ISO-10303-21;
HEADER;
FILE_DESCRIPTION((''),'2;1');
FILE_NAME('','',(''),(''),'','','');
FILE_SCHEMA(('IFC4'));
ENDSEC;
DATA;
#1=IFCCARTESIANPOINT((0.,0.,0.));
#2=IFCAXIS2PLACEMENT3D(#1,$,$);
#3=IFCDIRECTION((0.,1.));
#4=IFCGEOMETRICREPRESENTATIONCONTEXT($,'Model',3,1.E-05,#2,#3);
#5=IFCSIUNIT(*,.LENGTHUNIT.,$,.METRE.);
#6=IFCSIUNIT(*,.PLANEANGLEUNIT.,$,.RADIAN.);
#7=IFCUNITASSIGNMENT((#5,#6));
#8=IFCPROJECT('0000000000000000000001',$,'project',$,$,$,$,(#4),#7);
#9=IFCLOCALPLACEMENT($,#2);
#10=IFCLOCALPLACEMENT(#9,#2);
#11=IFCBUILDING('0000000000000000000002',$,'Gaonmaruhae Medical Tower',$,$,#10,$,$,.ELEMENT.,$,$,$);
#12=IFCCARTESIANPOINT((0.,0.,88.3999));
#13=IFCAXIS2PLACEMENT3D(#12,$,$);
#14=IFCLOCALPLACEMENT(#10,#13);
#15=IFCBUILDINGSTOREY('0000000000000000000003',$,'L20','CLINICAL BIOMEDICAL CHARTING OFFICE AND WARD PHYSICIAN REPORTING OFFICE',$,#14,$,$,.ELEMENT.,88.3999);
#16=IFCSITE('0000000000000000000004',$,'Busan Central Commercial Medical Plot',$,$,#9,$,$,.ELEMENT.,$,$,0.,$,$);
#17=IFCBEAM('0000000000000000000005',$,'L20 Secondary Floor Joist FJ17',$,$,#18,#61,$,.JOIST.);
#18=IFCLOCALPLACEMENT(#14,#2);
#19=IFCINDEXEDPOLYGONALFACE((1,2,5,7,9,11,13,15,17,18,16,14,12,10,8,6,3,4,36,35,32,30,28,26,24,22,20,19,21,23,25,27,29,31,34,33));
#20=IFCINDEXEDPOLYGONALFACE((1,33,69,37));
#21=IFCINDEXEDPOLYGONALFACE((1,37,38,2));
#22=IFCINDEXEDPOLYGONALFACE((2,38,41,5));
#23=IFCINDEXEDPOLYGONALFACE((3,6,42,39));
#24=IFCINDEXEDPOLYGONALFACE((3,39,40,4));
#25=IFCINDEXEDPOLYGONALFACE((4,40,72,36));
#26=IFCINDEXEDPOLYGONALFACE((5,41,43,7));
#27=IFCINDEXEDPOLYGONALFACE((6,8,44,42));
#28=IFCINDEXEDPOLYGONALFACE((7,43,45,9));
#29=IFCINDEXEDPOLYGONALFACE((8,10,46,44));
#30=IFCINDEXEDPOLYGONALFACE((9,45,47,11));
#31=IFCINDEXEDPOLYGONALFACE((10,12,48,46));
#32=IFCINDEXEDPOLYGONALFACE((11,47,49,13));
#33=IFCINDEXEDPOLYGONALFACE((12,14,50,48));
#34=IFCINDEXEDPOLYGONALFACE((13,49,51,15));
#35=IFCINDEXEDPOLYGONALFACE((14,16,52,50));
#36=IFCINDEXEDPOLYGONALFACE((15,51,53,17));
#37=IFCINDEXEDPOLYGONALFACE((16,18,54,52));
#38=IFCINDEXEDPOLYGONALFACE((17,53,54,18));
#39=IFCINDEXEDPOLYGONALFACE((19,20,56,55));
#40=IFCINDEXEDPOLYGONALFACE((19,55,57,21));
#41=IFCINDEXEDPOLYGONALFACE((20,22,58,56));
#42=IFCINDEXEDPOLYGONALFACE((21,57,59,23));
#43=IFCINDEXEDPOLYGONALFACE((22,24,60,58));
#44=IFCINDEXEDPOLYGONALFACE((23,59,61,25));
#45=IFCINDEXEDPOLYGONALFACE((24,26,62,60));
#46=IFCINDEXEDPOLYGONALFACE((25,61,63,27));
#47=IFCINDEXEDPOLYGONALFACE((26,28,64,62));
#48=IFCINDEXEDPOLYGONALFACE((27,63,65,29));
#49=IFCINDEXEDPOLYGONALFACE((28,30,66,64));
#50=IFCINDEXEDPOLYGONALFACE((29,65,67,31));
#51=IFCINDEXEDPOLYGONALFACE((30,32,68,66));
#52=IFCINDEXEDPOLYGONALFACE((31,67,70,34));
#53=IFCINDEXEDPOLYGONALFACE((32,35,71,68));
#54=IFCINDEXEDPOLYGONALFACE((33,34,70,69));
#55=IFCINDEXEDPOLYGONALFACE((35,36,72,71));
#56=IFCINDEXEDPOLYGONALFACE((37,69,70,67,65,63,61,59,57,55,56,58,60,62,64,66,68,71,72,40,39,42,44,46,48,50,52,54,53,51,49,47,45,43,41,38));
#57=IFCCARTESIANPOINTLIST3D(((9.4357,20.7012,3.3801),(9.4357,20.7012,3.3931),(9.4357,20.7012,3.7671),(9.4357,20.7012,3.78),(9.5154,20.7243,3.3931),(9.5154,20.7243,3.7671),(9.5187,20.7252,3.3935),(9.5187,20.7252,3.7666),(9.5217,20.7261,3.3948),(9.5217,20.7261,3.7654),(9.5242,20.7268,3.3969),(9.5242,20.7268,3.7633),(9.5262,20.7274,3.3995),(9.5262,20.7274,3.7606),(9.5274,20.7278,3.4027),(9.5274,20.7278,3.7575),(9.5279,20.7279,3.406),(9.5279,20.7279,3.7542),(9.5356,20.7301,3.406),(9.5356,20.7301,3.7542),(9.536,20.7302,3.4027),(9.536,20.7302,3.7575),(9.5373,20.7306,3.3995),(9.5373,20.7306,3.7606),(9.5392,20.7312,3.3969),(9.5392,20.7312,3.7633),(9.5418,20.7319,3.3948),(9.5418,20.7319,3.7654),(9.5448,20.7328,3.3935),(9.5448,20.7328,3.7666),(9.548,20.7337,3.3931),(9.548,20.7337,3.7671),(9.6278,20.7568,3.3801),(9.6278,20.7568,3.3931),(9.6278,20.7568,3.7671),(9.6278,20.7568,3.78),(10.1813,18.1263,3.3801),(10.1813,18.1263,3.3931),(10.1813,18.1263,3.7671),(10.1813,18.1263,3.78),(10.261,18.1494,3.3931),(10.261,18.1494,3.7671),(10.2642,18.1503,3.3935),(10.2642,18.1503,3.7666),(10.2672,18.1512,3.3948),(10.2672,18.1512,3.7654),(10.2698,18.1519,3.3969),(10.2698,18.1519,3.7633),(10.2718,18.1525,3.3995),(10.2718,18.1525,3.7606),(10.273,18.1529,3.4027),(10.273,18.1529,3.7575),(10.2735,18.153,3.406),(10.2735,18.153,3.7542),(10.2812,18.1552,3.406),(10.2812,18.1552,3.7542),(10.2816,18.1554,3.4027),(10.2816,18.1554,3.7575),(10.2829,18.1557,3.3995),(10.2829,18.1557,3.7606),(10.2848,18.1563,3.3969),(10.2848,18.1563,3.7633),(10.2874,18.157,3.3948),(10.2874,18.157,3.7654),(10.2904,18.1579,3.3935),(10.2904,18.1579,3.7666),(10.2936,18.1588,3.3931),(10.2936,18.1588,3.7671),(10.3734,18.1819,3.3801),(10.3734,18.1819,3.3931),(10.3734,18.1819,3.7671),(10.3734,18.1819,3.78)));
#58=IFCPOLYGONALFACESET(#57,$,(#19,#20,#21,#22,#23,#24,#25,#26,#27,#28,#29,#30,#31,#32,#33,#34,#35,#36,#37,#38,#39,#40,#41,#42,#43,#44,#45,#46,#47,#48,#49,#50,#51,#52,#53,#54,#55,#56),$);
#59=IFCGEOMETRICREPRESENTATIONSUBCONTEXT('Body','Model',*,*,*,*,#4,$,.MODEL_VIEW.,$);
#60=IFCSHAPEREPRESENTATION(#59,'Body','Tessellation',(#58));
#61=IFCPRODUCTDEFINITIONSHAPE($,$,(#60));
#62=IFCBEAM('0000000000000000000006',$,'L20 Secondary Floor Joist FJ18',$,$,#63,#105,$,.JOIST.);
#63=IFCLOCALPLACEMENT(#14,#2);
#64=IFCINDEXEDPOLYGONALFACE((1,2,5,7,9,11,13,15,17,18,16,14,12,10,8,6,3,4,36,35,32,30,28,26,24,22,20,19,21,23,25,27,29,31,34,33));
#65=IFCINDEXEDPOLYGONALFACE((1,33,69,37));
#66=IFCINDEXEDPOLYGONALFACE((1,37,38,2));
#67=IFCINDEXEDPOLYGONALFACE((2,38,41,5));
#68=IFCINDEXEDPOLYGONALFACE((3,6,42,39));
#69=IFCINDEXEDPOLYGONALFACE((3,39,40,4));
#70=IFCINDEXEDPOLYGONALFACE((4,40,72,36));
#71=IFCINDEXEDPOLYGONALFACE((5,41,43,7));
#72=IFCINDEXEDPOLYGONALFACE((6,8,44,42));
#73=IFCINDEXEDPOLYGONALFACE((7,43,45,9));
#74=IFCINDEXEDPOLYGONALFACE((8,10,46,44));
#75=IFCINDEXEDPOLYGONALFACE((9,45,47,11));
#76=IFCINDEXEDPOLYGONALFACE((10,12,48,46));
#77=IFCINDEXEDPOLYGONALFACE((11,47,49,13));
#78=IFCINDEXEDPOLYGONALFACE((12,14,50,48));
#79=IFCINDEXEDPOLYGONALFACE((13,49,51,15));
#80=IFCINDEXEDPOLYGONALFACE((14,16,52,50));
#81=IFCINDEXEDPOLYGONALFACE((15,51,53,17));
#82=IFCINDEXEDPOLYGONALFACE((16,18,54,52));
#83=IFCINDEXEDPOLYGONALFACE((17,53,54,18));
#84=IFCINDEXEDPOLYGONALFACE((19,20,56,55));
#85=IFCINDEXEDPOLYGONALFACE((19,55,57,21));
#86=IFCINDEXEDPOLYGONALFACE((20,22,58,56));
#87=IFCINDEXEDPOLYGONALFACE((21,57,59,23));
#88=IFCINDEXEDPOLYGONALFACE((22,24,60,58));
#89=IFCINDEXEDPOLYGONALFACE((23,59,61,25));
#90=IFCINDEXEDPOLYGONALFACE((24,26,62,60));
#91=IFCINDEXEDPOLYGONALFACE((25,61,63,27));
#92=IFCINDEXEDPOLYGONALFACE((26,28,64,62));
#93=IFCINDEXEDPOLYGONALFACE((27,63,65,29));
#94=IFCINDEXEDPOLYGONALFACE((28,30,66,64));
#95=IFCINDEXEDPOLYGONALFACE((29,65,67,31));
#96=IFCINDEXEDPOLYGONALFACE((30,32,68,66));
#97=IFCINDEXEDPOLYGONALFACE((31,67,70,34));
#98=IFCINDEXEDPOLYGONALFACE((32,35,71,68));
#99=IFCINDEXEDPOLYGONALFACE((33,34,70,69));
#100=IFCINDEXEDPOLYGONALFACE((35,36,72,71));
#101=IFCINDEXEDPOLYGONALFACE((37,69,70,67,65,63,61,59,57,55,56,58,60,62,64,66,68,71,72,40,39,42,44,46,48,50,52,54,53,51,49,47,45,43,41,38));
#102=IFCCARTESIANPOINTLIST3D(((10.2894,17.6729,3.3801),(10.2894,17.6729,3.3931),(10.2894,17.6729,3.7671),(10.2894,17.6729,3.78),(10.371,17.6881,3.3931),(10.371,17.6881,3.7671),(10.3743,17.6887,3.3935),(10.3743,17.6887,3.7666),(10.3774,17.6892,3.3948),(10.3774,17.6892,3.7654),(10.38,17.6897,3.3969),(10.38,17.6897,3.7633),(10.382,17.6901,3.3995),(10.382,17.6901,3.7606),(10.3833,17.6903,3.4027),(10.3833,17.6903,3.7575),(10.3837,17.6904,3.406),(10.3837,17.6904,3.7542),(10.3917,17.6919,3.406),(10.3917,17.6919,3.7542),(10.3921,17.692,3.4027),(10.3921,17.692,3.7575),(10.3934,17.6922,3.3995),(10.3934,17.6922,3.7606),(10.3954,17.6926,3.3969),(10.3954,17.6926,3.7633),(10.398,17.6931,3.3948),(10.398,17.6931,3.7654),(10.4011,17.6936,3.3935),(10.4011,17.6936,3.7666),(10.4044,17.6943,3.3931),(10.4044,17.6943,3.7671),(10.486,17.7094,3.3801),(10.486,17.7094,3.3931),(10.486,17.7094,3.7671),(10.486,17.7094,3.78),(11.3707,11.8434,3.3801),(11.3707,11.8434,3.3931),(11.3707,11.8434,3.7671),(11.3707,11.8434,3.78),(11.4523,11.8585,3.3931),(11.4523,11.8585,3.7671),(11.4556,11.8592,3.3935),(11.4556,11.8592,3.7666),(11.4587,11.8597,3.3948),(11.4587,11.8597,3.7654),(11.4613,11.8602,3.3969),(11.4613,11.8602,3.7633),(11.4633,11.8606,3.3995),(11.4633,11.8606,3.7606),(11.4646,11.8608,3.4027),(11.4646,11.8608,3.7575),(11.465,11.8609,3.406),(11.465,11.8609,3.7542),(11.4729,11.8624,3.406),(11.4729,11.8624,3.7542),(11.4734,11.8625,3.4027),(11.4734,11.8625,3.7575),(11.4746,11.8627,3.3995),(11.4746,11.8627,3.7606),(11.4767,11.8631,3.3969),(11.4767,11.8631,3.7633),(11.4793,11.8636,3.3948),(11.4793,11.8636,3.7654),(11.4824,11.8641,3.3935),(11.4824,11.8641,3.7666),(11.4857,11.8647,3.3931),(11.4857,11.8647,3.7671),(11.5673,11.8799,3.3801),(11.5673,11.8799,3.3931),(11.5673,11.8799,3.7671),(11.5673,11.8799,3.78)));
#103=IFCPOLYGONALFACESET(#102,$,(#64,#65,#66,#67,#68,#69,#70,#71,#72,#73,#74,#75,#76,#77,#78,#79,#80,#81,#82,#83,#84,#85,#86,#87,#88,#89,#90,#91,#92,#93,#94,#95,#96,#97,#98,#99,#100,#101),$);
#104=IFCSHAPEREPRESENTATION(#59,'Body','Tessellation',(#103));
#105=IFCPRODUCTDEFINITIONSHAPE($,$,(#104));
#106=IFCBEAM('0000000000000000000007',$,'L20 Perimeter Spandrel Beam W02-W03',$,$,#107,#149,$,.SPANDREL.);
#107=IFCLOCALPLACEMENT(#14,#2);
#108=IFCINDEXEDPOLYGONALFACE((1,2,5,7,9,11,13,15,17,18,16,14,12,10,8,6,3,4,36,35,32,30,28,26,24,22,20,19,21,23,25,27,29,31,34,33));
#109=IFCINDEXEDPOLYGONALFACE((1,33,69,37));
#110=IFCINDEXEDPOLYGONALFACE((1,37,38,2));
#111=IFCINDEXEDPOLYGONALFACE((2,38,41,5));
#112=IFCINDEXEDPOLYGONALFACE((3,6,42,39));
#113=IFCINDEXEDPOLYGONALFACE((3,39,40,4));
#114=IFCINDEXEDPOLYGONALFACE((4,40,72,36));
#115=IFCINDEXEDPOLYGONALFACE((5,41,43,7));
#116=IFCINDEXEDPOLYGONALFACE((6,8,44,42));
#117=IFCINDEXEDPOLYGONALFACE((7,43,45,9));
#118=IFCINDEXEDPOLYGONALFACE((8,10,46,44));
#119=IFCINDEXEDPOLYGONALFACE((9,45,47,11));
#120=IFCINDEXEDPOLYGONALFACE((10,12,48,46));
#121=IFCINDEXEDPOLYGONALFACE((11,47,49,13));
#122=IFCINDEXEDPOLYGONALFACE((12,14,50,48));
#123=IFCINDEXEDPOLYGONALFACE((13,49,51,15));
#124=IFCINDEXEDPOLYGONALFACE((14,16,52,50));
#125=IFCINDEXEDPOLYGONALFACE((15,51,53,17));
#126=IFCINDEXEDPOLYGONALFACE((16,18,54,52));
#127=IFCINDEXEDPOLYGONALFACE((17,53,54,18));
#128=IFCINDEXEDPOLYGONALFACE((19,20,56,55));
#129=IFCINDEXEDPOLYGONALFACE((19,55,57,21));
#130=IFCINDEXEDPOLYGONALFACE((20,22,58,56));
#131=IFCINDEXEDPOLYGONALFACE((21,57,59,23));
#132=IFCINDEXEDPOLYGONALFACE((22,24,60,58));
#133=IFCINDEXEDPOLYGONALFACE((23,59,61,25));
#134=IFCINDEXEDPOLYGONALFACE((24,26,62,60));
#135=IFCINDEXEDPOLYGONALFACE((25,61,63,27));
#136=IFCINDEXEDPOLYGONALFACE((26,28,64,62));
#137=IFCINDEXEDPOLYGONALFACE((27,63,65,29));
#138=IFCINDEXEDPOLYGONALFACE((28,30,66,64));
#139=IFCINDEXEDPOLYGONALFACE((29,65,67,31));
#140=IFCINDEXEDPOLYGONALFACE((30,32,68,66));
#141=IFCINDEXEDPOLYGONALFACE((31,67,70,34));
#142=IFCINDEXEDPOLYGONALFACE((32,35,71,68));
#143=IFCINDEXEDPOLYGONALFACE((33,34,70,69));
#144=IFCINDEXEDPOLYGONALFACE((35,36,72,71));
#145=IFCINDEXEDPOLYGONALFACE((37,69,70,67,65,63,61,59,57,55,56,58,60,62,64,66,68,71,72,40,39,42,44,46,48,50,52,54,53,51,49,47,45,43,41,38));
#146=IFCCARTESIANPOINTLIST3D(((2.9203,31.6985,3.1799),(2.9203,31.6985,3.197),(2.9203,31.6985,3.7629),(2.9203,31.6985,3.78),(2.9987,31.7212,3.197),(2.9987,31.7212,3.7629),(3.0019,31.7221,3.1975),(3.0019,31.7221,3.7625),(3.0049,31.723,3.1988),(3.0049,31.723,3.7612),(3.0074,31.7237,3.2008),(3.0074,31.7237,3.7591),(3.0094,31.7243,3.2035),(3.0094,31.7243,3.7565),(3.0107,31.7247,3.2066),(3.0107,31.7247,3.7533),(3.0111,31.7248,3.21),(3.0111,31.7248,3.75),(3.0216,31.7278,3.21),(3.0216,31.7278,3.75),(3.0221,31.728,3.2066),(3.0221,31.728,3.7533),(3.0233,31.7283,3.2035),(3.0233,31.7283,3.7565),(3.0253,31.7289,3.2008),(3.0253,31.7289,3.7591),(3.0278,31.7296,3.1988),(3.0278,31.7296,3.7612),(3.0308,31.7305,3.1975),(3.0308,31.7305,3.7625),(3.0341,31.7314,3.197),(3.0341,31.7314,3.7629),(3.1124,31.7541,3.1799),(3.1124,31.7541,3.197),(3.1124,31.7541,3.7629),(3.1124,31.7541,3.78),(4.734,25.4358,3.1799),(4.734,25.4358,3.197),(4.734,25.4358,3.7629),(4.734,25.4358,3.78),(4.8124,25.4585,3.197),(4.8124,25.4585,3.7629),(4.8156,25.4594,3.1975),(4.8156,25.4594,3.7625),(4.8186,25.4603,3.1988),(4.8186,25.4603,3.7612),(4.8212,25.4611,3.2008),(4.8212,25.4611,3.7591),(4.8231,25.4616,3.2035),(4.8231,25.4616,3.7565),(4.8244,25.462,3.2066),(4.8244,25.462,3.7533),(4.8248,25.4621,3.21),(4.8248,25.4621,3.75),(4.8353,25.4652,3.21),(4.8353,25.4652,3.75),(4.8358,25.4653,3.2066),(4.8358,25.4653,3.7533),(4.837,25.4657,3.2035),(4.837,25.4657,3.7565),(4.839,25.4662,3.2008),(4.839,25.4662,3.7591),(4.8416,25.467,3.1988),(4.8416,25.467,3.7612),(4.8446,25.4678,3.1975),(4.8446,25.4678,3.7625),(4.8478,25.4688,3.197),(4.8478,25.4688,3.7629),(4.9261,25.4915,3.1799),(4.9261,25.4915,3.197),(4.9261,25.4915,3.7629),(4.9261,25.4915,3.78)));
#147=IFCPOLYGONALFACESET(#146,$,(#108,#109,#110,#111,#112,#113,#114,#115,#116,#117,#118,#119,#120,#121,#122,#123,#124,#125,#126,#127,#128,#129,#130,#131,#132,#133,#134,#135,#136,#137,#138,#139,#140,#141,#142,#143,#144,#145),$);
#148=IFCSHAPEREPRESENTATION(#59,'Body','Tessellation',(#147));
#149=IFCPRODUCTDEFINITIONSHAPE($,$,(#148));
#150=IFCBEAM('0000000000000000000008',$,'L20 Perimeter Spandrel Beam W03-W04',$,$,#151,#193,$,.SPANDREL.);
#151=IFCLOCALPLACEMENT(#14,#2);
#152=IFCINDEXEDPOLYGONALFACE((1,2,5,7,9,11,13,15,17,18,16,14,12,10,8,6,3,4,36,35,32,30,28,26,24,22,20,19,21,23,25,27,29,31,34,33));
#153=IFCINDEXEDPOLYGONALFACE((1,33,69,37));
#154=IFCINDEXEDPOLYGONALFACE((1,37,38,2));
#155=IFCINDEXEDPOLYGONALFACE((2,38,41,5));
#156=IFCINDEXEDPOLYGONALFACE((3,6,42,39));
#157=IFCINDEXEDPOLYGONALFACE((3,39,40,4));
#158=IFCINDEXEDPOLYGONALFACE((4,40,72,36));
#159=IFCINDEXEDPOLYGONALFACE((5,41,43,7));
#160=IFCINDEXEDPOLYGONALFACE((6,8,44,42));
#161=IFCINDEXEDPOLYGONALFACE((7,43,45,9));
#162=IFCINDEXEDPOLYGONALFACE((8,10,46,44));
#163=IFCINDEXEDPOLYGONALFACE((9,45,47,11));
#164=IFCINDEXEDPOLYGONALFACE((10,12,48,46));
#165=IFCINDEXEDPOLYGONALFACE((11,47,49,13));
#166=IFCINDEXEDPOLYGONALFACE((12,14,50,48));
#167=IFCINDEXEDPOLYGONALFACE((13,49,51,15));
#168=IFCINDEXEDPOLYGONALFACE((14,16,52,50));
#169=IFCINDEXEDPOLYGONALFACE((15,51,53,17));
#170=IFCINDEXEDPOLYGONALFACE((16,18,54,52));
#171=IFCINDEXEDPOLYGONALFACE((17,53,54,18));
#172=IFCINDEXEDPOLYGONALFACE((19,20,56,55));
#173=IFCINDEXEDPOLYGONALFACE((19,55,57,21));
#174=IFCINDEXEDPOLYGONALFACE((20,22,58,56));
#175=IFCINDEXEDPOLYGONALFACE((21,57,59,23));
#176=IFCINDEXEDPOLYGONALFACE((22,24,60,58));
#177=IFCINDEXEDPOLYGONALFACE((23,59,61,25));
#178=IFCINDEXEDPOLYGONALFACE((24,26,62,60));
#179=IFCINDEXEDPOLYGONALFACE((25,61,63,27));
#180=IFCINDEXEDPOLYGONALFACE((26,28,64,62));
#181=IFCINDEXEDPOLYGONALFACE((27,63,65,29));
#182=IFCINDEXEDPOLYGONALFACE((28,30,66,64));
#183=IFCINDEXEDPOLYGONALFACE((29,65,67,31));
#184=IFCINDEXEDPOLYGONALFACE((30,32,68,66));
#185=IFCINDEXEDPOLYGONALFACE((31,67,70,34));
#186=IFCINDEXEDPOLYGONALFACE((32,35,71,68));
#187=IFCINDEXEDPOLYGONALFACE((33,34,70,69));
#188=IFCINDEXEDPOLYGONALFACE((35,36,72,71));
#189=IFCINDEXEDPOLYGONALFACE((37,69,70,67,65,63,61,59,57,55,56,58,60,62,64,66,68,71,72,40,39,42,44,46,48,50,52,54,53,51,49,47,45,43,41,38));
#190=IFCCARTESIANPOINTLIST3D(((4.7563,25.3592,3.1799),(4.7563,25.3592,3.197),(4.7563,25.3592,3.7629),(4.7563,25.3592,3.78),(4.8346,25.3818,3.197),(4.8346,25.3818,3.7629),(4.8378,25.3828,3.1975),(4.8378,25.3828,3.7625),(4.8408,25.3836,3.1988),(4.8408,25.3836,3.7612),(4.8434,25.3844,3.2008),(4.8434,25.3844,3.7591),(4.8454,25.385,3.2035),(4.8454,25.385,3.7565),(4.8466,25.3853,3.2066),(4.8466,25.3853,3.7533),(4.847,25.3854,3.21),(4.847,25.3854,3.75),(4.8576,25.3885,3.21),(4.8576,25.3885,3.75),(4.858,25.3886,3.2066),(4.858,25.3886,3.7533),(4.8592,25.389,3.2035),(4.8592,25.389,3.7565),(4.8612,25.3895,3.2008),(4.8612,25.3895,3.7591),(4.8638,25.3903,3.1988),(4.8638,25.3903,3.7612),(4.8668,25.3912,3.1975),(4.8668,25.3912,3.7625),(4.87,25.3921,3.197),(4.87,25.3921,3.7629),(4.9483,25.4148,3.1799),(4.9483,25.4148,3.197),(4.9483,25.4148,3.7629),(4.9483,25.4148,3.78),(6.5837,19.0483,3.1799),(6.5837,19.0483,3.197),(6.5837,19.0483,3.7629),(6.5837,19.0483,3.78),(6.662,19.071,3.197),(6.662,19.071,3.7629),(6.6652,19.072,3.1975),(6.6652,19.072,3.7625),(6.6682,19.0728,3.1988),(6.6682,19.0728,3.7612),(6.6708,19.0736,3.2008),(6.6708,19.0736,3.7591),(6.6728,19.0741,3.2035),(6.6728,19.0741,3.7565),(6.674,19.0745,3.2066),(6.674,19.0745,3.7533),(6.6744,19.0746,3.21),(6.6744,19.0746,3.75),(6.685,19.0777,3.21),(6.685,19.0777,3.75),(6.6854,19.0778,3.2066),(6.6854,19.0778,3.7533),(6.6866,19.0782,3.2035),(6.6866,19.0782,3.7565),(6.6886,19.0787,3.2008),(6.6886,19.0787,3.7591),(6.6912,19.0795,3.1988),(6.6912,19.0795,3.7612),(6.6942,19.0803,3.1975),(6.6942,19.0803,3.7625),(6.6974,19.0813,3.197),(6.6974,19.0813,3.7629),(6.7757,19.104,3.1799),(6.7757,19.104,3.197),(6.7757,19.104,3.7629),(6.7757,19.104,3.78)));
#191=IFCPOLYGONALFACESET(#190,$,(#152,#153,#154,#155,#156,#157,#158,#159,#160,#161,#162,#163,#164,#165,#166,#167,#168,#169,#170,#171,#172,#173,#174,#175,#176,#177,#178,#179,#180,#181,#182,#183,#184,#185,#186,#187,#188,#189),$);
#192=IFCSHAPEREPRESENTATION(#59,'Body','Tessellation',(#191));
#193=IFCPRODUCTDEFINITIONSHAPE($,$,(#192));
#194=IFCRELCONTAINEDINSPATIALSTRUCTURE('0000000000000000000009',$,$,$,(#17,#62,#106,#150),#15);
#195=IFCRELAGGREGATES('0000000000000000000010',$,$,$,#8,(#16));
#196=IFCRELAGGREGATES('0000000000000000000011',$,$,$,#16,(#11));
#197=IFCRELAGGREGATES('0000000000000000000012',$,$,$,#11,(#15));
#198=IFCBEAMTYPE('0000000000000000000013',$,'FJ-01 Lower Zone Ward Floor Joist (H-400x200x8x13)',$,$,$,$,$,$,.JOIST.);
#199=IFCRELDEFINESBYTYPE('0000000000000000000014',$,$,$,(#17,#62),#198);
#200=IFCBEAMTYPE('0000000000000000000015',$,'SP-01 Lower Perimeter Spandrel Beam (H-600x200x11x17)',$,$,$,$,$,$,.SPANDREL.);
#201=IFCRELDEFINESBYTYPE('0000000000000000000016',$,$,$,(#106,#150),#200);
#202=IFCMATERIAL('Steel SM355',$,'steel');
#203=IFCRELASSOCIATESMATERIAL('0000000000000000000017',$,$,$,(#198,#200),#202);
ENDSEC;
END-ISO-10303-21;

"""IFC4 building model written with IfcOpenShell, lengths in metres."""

from ifc_helpers import new_model, si_unit, direction, frame, origin, origin_2d, place, context, subcontext, project, spatial, i_section, extrude, material, material_profile, profile_set, type_object, element, save


model = new_model("IFC4")

# Units and contexts
model_context = context("Model", 3, precision=1e-05, world=origin(), true_north=direction((0.0, 1.0)))
body_context = subcontext(model_context, "Body", "Model", "MODEL_VIEW")
ifc_project = project(units=[si_unit("LENGTHUNIT", "METRE"), si_unit("PLANEANGLEUNIT", "RADIAN")], contexts=[model_context])

# Site, building, storey
site_placement = place(None, origin())
site = spatial("IfcSite", under=ifc_project, at=site_placement, Name="Busan Central Commercial Medical Plot", CompositionType="ELEMENT", RefElevation=0.0)
building_placement = place(site_placement, origin())
building = spatial("IfcBuilding", under=site, at=building_placement, Name="Gaonmaruhae Medical Tower", CompositionType="ELEMENT")
storey_placement = place(building_placement, frame((0.0, 0.0, 88.3999)))
storey = spatial("IfcBuildingStorey", under=building, at=storey_placement, Name="L20", Description="CLINICAL BIOMEDICAL CHARTING OFFICE AND WARD PHYSICIAN REPORTING OFFICE", CompositionType="ELEMENT", Elevation=88.3999)

# Beams
ifc_material_1 = material(Name="Steel SM355", Category="steel")
ifc_material_profile_1 = material_profile(ifc_material_1, i_section(OverallWidth=0.2, OverallDepth=0.3999, WebThickness=0.0081, FlangeThickness=0.0129, FilletRadius=0.0129, at=origin_2d()), Name="H-400x200x8x13")
ifc_profile_set_1 = profile_set([ifc_material_profile_1], Name="Steel SM355")
beam_type_1 = type_object("IfcBeamType", Name="FJ-01 Lower Zone Ward Floor Joist (H-400x200x8x13)", PredefinedType="JOIST", material=ifc_profile_set_1)
beam_1_placement = place(storey_placement, frame((9.5317, 20.729, 3.5801), z_axis=(0.278135, -0.960542, 0.0), x_axis=(0.960542, 0.278135, 0.0)))
element("IfcBeam", 1, at=beam_1_placement, inside=storey, type_object=beam_type_1, Name="L20 Secondary Floor Joist FJ17", PredefinedType="JOIST", context=body_context, shape_type="SweptSolid", body=[
    extrude(i_section(OverallWidth=0.2, OverallDepth=0.3999, WebThickness=0.0081, FlangeThickness=0.0129, FilletRadius=0.0129, at=origin_2d()), origin(), (0.0, 0.0, 1.0), 2.6807),
])
beam_2_placement = place(storey_placement, frame((10.3877, 17.6912, 3.5801), z_axis=(0.182374, -0.983229, 0.0), x_axis=(0.983229, 0.182374, 0.0)))
element("IfcBeam", 2, at=beam_2_placement, inside=storey, type_object=beam_type_1, Name="L20 Secondary Floor Joist FJ18", PredefinedType="JOIST", context=body_context, shape_type="SweptSolid", body=[
    extrude(i_section(OverallWidth=0.2, OverallDepth=0.3999, WebThickness=0.0081, FlangeThickness=0.0129, FilletRadius=0.0129, at=origin_2d()), origin(), (0.0, 0.0, 1.0), 5.929),
])
ifc_material_profile_2 = material_profile(ifc_material_1, i_section(OverallWidth=0.2, OverallDepth=0.6001, WebThickness=0.011, FlangeThickness=0.0171, FilletRadius=0.0129, at=origin_2d()), Name="H-600x200x11x17")
ifc_profile_set_2 = profile_set([ifc_material_profile_2], Name="Steel SM355")
beam_type_2 = type_object("IfcBeamType", Name="SP-01 Lower Perimeter Spandrel Beam (H-600x200x11x17)", PredefinedType="SPANDREL", material=ifc_profile_set_2)
beam_3_placement = place(storey_placement, frame((3.0164, 31.7263, 3.48), z_axis=(0.278176, -0.96053, 0.0), x_axis=(0.96053, 0.278176, 0.0)))
element("IfcBeam", 3, at=beam_3_placement, inside=storey, type_object=beam_type_2, Name="L20 Perimeter Spandrel Beam W02-W03", PredefinedType="SPANDREL", context=body_context, shape_type="SweptSolid", body=[
    extrude(i_section(OverallWidth=0.2, OverallDepth=0.6001, WebThickness=0.011, FlangeThickness=0.0171, FilletRadius=0.0129, at=origin_2d()), origin(), (0.0, 0.0, 1.0), 6.52),
])
beam_4_placement = place(storey_placement, frame((4.8523, 25.387, 3.48), z_axis=(0.27814, -0.96054, 0.0), x_axis=(0.96054, 0.27814, 0.0)))
element("IfcBeam", 4, at=beam_4_placement, inside=storey, type_object=beam_type_2, Name="L20 Perimeter Spandrel Beam W03-W04", PredefinedType="SPANDREL", context=body_context, shape_type="SweptSolid", body=[
    extrude(i_section(OverallWidth=0.2, OverallDepth=0.6001, WebThickness=0.011, FlangeThickness=0.0171, FilletRadius=0.0129, at=origin_2d()), origin(), (0.0, 0.0, 1.0), 6.5701),
])

save(model, "model.ifc")
